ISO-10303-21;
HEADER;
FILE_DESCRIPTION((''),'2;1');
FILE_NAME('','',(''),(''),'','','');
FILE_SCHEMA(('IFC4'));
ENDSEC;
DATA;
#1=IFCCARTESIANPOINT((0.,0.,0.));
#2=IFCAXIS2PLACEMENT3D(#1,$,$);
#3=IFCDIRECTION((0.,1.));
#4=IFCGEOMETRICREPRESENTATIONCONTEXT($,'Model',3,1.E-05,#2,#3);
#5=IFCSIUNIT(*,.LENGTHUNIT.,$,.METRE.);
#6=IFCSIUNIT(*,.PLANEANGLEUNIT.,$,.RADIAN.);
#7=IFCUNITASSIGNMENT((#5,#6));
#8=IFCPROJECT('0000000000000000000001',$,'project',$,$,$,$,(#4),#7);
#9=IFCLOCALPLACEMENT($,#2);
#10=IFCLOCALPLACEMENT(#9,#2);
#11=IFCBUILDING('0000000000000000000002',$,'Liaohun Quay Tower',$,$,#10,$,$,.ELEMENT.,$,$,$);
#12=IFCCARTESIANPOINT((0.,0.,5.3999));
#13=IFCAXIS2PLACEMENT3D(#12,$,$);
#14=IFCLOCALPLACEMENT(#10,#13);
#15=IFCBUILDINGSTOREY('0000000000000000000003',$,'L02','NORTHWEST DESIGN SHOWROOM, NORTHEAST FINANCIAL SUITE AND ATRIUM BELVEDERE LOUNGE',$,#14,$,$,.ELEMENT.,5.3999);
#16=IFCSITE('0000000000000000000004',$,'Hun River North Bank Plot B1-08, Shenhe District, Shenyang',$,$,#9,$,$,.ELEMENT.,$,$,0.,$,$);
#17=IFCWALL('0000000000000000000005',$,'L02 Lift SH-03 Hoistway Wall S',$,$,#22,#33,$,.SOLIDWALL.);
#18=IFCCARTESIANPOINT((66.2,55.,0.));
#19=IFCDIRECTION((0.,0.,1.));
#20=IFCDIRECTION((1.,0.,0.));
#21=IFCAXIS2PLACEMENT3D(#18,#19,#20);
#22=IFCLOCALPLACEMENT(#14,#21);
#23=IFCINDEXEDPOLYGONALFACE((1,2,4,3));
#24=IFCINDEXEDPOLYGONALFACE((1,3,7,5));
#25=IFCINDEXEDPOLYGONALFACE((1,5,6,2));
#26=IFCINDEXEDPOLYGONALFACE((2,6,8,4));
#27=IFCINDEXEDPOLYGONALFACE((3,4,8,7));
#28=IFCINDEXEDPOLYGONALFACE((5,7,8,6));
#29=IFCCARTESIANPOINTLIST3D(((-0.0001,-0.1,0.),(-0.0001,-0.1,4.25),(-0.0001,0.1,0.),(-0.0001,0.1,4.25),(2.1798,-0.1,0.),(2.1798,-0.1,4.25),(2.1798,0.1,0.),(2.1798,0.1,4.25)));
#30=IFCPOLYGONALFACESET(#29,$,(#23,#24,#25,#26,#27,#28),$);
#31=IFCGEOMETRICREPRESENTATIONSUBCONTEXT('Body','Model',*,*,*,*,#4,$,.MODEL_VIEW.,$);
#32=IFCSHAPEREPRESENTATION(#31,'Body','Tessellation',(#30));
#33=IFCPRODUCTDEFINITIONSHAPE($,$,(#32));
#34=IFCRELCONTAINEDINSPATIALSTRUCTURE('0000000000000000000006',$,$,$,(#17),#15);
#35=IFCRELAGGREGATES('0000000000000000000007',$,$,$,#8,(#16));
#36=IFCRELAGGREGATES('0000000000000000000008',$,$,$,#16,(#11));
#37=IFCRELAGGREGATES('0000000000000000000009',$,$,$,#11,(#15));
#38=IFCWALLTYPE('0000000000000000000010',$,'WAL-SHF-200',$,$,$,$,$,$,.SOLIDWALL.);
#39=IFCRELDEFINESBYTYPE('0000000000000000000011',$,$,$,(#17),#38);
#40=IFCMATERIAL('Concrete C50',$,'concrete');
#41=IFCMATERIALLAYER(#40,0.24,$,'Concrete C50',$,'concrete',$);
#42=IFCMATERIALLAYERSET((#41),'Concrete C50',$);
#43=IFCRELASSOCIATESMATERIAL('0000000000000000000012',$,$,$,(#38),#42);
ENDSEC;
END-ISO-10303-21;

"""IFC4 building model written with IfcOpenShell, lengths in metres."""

from ifc_helpers import new_model, si_unit, direction, frame, frame_2d, origin, place, context, subcontext, project, spatial, rectangle, extrude, material, layer, layer_set, type_object, element, save


model = new_model("IFC4")

# Units and contexts
model_context = context("Model", 3, precision=1e-05, world=origin(), true_north=direction((0.0, 1.0)))
body_context = subcontext(model_context, "Body", "Model", "MODEL_VIEW")
ifc_project = project(units=[si_unit("LENGTHUNIT", "METRE"), si_unit("PLANEANGLEUNIT", "RADIAN")], contexts=[model_context])

# Site, building, storey
site_placement = place(None, origin())
site = spatial("IfcSite", under=ifc_project, at=site_placement, Name="Hun River North Bank Plot B1-08, Shenhe District, Shenyang", CompositionType="ELEMENT", RefElevation=0.0)
building_placement = place(site_placement, origin())
building = spatial("IfcBuilding", under=site, at=building_placement, Name="Liaohun Quay Tower", CompositionType="ELEMENT")
storey_placement = place(building_placement, frame((0.0, 0.0, 5.3999)))
storey = spatial("IfcBuildingStorey", under=building, at=storey_placement, Name="L02", Description="NORTHWEST DESIGN SHOWROOM, NORTHEAST FINANCIAL SUITE AND ATRIUM BELVEDERE LOUNGE", CompositionType="ELEMENT", Elevation=5.3999)

# Wall
ifc_material_1 = material(Name="Concrete C50", Category="concrete")
ifc_layer_1 = layer(ifc_material_1, 0.24, Name="Concrete C50", Category="concrete")
ifc_layer_set_1 = layer_set([ifc_layer_1], Name="Concrete C50")
wall_type_1 = type_object("IfcWallType", Name="WAL-SHF-200", PredefinedType="SOLIDWALL", material=ifc_layer_set_1)
wall_1_placement = place(storey_placement, frame((66.2, 55.0, 0.0), z_axis=(0.0, 0.0, 1.0), x_axis=(1.0, 0.0, 0.0)))
element("IfcWall", 1, at=wall_1_placement, inside=storey, type_object=wall_type_1, Name="L02 Lift SH-03 Hoistway Wall S", PredefinedType="SOLIDWALL", context=body_context, shape_type="SweptSolid", body=[
    extrude(rectangle(XDim=2.1799, YDim=0.2, at=frame_2d((1.0898, 0.0))), origin(), (0.0, 0.0, 1.0), 4.25),
])

save(model, "model.ifc")
